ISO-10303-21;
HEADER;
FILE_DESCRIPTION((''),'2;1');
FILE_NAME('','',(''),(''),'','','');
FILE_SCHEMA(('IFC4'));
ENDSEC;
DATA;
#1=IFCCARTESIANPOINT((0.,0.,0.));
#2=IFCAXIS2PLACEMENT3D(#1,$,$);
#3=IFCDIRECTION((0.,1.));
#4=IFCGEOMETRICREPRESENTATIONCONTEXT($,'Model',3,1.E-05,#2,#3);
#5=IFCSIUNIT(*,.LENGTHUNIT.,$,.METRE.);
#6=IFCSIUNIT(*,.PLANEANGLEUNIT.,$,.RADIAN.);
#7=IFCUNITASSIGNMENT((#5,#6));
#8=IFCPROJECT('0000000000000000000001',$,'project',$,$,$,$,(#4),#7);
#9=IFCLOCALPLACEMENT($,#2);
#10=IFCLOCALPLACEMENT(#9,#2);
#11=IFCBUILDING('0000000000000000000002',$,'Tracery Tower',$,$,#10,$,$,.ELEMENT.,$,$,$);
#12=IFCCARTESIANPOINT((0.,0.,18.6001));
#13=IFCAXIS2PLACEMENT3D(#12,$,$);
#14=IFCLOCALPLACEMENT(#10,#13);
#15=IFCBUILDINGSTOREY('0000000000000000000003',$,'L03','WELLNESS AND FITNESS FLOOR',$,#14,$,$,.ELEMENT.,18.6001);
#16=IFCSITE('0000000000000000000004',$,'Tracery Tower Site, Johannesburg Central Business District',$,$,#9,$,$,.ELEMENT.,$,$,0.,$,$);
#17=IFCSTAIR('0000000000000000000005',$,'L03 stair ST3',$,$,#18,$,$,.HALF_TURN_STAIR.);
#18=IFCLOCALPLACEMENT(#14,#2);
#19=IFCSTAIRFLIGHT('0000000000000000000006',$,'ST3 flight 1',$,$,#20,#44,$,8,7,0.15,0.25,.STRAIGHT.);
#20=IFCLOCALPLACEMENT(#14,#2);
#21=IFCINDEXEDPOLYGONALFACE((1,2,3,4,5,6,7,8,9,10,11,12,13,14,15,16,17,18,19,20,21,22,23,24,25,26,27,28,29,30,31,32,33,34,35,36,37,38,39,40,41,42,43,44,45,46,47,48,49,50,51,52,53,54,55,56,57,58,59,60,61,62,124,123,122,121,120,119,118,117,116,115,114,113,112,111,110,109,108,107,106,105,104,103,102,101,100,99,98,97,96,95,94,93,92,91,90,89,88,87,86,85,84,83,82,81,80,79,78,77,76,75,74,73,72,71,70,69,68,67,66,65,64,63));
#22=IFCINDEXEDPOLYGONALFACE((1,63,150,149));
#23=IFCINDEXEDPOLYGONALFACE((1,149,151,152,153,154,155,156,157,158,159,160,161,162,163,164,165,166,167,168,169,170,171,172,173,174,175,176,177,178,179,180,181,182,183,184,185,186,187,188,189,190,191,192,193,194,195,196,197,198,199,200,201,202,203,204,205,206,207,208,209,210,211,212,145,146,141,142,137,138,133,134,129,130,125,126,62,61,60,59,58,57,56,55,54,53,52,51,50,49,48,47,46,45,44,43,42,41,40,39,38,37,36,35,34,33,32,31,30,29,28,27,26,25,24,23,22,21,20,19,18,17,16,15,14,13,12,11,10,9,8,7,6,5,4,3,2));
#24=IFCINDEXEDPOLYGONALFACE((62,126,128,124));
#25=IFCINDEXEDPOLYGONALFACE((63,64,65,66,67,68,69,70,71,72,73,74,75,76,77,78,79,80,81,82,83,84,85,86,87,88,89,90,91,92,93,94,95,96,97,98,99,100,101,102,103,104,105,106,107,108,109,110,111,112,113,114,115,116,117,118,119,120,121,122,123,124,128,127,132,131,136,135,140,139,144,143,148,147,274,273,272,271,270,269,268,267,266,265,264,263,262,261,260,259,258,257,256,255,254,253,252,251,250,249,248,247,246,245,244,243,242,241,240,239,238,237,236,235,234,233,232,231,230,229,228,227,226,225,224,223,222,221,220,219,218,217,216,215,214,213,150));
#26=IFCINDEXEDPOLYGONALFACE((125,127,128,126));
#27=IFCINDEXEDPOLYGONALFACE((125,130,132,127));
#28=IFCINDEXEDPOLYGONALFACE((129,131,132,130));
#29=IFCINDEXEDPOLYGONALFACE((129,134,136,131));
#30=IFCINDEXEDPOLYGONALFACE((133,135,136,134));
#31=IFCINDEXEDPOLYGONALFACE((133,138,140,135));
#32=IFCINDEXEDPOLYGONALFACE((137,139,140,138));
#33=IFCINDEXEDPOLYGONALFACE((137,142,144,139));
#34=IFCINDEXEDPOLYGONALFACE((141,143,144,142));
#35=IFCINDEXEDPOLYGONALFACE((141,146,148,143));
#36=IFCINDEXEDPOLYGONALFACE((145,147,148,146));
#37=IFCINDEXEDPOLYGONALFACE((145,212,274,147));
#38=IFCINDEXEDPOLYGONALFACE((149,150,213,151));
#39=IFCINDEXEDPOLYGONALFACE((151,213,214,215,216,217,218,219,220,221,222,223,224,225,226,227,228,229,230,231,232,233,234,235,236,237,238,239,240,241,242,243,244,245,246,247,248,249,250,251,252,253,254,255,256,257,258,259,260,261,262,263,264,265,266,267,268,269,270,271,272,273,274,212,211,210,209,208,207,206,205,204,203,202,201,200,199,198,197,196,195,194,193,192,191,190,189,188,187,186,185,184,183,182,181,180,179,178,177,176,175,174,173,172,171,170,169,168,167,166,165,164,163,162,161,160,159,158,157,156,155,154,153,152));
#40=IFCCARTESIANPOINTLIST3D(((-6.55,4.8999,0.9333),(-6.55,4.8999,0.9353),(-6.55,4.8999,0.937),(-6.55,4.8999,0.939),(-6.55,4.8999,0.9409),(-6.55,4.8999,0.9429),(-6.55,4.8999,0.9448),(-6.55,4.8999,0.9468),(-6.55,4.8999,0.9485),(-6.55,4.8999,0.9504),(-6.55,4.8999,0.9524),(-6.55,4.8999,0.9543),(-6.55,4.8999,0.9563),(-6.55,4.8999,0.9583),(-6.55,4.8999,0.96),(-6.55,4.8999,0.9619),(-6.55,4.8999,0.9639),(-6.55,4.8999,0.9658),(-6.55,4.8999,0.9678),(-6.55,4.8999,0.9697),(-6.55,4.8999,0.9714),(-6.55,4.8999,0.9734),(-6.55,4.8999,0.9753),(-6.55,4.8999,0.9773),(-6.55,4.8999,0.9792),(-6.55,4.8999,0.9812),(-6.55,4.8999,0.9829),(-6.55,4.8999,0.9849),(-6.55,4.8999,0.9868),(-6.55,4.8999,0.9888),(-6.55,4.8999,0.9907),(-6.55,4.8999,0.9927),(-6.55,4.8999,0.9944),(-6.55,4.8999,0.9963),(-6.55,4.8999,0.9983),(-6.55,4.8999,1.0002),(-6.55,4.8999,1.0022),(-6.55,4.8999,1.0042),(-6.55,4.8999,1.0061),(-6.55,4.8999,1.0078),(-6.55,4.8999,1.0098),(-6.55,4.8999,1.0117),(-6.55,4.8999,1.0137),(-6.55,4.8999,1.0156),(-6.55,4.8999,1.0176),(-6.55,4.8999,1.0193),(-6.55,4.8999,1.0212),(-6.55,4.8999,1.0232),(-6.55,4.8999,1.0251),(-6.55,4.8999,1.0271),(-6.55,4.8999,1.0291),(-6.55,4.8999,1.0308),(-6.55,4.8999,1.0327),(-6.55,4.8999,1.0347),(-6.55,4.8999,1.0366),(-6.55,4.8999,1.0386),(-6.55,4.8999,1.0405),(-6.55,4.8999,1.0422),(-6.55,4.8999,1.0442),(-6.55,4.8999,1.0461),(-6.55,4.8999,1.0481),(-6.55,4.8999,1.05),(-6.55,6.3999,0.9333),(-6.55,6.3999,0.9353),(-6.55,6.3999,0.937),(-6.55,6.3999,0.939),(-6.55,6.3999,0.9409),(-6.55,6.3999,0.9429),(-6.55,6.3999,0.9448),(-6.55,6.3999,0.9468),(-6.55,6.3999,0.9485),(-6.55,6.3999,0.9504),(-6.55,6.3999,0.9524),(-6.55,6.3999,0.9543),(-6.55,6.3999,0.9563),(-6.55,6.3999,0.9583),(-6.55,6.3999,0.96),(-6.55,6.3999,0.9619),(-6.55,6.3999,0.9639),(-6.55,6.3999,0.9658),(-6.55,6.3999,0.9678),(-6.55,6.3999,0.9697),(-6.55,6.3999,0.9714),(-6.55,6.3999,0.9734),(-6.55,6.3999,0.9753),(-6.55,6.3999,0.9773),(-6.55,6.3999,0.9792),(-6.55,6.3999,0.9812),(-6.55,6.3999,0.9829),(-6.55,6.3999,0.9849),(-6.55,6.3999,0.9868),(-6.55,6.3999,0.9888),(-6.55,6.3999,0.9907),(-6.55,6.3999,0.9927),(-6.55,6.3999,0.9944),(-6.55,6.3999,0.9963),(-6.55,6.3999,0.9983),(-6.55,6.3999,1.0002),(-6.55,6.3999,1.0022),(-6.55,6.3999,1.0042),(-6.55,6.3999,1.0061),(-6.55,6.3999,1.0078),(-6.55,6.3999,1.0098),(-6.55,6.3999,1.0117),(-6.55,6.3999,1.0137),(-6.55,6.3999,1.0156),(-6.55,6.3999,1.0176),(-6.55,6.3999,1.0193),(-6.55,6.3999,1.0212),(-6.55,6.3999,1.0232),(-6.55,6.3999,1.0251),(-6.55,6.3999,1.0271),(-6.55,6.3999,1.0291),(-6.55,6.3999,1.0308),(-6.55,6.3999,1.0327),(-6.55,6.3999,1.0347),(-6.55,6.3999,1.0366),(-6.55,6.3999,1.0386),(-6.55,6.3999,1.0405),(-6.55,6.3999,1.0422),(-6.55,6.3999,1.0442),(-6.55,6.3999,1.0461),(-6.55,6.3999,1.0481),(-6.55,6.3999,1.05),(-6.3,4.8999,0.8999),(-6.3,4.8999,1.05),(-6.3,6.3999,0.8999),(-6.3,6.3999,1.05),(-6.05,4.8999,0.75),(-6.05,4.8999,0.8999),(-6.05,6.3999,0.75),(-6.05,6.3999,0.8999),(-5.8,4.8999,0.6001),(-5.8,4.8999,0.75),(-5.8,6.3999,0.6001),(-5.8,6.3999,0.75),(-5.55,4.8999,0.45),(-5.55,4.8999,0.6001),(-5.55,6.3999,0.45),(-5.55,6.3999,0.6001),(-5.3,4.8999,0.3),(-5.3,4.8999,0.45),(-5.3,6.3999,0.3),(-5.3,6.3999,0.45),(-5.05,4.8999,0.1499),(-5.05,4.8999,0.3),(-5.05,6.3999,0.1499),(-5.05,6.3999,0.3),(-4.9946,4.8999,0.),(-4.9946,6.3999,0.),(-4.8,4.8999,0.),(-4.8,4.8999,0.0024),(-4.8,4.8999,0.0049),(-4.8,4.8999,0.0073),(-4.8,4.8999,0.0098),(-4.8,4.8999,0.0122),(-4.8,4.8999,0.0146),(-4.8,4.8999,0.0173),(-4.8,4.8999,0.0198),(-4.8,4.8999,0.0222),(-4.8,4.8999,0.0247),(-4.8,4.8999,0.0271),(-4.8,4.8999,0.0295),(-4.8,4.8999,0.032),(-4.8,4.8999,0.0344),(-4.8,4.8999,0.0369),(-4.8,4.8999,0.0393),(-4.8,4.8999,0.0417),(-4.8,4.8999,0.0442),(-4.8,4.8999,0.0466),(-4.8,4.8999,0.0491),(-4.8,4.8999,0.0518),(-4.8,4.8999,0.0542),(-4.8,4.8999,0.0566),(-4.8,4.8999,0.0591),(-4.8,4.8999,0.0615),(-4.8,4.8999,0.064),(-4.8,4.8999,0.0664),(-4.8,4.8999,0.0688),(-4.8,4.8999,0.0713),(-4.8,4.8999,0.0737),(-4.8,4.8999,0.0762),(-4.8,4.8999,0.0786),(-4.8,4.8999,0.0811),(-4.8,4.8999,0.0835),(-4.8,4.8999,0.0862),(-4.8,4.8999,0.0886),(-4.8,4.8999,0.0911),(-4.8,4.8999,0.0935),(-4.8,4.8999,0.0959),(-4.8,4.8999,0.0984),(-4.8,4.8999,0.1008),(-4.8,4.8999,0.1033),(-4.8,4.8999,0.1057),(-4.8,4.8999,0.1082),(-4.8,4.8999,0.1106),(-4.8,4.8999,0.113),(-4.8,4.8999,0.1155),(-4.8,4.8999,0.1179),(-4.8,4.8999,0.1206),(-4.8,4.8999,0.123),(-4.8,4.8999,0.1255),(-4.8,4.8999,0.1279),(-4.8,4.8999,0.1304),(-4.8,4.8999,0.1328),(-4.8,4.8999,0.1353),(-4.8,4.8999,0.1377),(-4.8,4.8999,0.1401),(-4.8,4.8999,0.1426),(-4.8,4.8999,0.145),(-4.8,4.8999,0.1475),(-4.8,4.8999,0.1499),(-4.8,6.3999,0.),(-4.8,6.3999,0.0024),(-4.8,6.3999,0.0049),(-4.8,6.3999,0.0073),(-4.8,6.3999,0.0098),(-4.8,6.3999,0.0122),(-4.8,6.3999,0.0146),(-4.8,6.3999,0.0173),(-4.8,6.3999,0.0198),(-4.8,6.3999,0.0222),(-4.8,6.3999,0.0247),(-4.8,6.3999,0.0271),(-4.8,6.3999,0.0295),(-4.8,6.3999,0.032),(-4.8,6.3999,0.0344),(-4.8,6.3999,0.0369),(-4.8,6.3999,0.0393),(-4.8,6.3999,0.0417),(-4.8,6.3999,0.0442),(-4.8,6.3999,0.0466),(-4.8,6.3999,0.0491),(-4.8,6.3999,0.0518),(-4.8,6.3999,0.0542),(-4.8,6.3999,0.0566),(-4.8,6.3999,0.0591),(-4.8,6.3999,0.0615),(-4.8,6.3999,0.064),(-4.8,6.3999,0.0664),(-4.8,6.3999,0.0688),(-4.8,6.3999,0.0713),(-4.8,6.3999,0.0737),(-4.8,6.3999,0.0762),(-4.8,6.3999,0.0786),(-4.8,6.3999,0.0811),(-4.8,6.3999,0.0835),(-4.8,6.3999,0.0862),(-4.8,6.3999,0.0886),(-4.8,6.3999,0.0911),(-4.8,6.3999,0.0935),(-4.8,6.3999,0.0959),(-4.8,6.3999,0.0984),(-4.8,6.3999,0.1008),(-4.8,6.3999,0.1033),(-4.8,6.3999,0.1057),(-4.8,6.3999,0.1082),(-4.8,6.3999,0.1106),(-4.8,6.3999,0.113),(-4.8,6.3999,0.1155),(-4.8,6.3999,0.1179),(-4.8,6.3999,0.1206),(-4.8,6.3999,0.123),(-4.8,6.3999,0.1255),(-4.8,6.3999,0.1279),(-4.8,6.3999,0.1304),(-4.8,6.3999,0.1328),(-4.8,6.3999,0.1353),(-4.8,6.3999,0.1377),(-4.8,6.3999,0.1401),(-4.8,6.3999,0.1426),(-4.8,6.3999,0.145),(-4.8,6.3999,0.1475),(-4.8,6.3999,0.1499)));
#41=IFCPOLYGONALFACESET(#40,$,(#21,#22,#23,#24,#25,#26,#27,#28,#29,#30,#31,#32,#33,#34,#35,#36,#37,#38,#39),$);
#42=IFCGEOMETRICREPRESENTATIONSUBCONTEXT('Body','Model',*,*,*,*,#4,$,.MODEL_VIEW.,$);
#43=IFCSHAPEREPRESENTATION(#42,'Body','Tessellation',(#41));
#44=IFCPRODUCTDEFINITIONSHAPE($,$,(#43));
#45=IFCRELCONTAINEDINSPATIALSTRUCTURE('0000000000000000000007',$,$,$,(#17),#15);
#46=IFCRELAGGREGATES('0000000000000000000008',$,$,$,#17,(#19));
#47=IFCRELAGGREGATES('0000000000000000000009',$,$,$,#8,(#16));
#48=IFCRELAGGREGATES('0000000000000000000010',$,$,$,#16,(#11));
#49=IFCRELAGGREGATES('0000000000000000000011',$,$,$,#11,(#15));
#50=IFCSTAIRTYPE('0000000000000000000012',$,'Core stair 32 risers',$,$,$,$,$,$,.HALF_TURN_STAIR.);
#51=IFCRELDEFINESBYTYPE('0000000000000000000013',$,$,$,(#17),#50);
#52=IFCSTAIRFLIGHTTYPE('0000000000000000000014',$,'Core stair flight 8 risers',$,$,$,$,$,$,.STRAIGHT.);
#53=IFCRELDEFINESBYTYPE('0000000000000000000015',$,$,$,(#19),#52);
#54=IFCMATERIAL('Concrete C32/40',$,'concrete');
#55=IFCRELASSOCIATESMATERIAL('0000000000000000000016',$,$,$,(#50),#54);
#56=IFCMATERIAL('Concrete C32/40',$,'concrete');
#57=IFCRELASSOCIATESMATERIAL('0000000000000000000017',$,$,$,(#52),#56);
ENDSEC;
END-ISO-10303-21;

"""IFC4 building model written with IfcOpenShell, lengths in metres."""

from ifc_helpers import new_model, si_unit, direction, frame, origin, place, context, subcontext, project, spatial, polyline, outline, extrude, material, type_object, element, aggregate, save


model = new_model("IFC4")

# Units and contexts
model_context = context("Model", 3, precision=1e-05, world=origin(), true_north=direction((0.0, 1.0)))
body_context = subcontext(model_context, "Body", "Model", "MODEL_VIEW")
ifc_project = project(units=[si_unit("LENGTHUNIT", "METRE"), si_unit("PLANEANGLEUNIT", "RADIAN")], contexts=[model_context])

# Site, building, storey
site_placement = place(None, origin())
site = spatial("IfcSite", under=ifc_project, at=site_placement, Name="Tracery Tower Site, Johannesburg Central Business District", CompositionType="ELEMENT", RefElevation=0.0)
building_placement = place(site_placement, origin())
building = spatial("IfcBuilding", under=site, at=building_placement, Name="Tracery Tower", CompositionType="ELEMENT")
storey_placement = place(building_placement, frame((0.0, 0.0, 18.6001)))
storey = spatial("IfcBuildingStorey", under=building, at=storey_placement, Name="L03", Description="WELLNESS AND FITNESS FLOOR", CompositionType="ELEMENT", Elevation=18.6001)

# Stair, stair flight
ifc_material_1 = material(Name="Concrete C32/40", Category="concrete")
stair_type = type_object("IfcStairType", Name="Core stair 32 risers", PredefinedType="HALF_TURN_STAIR", material=ifc_material_1)
stair_placement = place(storey_placement, origin())
stair = element("IfcStair", 1, at=stair_placement, inside=storey, type_object=stair_type, Name="L03 stair ST3", PredefinedType="HALF_TURN_STAIR")
ifc_material_2 = material(Name="Concrete C32/40", Category="concrete")
stair_flight_type = type_object("IfcStairFlightType", Name="Core stair flight 8 risers", PredefinedType="STRAIGHT", material=ifc_material_2)
stair_flight_1_placement = place(storey_placement, frame((-4.8, 5.6499, 0.0), z_axis=(0.0, 0.0, 1.0), x_axis=(-1.0, 0.0, 0.0)))
stair_flight_1 = element("IfcStairFlight", 2, at=stair_flight_1_placement, type_object=stair_flight_type, Name="ST3 flight 1", NumberOfRisers=8, NumberOfTreads=7, PredefinedType="STRAIGHT", RiserHeight=0.15, TreadLength=0.25, context=body_context, shape_type="SweptSolid", body=[
    extrude(outline(polyline([(0.0, 0.0), (0.0, 0.0024), (0.0, 0.0049), (0.0, 0.0073), (0.0, 0.0098), (0.0, 0.0122), (0.0, 0.0146), (0.0, 0.0173), (0.0, 0.0198), (0.0, 0.0222), (0.0, 0.0247), (0.0, 0.0271), (0.0, 0.0295), (0.0, 0.032), (0.0, 0.0344), (0.0, 0.0369), (0.0, 0.0393), (0.0, 0.0417), (0.0, 0.0442), (0.0, 0.0466), (0.0, 0.0491), (0.0, 0.0518), (0.0, 0.0542), (0.0, 0.0566), (0.0, 0.0591), (0.0, 0.0615), (0.0, 0.064), (0.0, 0.0664), (0.0, 0.0688), (0.0, 0.0713), (0.0, 0.0737), (0.0, 0.0762), (0.0, 0.0786), (0.0, 0.0811), (0.0, 0.0835), (0.0, 0.0862), (0.0, 0.0886), (0.0, 0.0911), (0.0, 0.0935), (0.0, 0.0959), (0.0, 0.0984), (0.0, 0.1008), (0.0, 0.1033), (0.0, 0.1057), (0.0, 0.1082), (0.0, 0.1106), (0.0, 0.113), (0.0, 0.1155), (0.0, 0.1179), (0.0, 0.1206), (0.0, 0.123), (0.0, 0.1255), (0.0, 0.1279), (0.0, 0.1304), (0.0, 0.1328), (0.0, 0.1353), (0.0, 0.1377), (0.0, 0.1401), (0.0, 0.1426), (0.0, 0.145), (0.0, 0.1475), (0.0, 0.1499), (0.25, 0.1499), (0.25, 0.3), (0.5, 0.3), (0.5, 0.45), (0.75, 0.45), (0.75, 0.6001), (1.0, 0.6001), (1.0, 0.75), (1.25, 0.75), (1.25, 0.8999), (1.5, 0.8999), (1.5, 1.05), (1.75, 1.05), (1.75, 1.0481), (1.75, 1.0461), (1.75, 1.0442), (1.75, 1.0422), (1.75, 1.0405), (1.75, 1.0386), (1.75, 1.0366), (1.75, 1.0347), (1.75, 1.0327), (1.75, 1.0308), (1.75, 1.0291), (1.75, 1.0271), (1.75, 1.0251), (1.75, 1.0232), (1.75, 1.0212), (1.75, 1.0193), (1.75, 1.0176), (1.75, 1.0156), (1.75, 1.0137), (1.75, 1.0117), (1.75, 1.0098), (1.75, 1.0078), (1.75, 1.0061), (1.75, 1.0042), (1.75, 1.0022), (1.75, 1.0002), (1.75, 0.9983), (1.75, 0.9963), (1.75, 0.9944), (1.75, 0.9927), (1.75, 0.9907), (1.75, 0.9888), (1.75, 0.9868), (1.75, 0.9849), (1.75, 0.9829), (1.75, 0.9812), (1.75, 0.9792), (1.75, 0.9773), (1.75, 0.9753), (1.75, 0.9734), (1.75, 0.9714), (1.75, 0.9697), (1.75, 0.9678), (1.75, 0.9658), (1.75, 0.9639), (1.75, 0.9619), (1.75, 0.96), (1.75, 0.9583), (1.75, 0.9563), (1.75, 0.9543), (1.75, 0.9524), (1.75, 0.9504), (1.75, 0.9485), (1.75, 0.9468), (1.75, 0.9448), (1.75, 0.9429), (1.75, 0.9409), (1.75, 0.939), (1.75, 0.937), (1.75, 0.9353), (1.75, 0.9333), (0.1946, 0.0), (0.0, 0.0)])), frame((0.0, 0.75, 0.0), z_axis=(0.0, -1.0, 0.0), x_axis=(1.0, 0.0, 0.0)), (0.0, 0.0, 1.0), 1.5),
])
aggregate(stair, [stair_flight_1])

save(model, "model.ifc")
